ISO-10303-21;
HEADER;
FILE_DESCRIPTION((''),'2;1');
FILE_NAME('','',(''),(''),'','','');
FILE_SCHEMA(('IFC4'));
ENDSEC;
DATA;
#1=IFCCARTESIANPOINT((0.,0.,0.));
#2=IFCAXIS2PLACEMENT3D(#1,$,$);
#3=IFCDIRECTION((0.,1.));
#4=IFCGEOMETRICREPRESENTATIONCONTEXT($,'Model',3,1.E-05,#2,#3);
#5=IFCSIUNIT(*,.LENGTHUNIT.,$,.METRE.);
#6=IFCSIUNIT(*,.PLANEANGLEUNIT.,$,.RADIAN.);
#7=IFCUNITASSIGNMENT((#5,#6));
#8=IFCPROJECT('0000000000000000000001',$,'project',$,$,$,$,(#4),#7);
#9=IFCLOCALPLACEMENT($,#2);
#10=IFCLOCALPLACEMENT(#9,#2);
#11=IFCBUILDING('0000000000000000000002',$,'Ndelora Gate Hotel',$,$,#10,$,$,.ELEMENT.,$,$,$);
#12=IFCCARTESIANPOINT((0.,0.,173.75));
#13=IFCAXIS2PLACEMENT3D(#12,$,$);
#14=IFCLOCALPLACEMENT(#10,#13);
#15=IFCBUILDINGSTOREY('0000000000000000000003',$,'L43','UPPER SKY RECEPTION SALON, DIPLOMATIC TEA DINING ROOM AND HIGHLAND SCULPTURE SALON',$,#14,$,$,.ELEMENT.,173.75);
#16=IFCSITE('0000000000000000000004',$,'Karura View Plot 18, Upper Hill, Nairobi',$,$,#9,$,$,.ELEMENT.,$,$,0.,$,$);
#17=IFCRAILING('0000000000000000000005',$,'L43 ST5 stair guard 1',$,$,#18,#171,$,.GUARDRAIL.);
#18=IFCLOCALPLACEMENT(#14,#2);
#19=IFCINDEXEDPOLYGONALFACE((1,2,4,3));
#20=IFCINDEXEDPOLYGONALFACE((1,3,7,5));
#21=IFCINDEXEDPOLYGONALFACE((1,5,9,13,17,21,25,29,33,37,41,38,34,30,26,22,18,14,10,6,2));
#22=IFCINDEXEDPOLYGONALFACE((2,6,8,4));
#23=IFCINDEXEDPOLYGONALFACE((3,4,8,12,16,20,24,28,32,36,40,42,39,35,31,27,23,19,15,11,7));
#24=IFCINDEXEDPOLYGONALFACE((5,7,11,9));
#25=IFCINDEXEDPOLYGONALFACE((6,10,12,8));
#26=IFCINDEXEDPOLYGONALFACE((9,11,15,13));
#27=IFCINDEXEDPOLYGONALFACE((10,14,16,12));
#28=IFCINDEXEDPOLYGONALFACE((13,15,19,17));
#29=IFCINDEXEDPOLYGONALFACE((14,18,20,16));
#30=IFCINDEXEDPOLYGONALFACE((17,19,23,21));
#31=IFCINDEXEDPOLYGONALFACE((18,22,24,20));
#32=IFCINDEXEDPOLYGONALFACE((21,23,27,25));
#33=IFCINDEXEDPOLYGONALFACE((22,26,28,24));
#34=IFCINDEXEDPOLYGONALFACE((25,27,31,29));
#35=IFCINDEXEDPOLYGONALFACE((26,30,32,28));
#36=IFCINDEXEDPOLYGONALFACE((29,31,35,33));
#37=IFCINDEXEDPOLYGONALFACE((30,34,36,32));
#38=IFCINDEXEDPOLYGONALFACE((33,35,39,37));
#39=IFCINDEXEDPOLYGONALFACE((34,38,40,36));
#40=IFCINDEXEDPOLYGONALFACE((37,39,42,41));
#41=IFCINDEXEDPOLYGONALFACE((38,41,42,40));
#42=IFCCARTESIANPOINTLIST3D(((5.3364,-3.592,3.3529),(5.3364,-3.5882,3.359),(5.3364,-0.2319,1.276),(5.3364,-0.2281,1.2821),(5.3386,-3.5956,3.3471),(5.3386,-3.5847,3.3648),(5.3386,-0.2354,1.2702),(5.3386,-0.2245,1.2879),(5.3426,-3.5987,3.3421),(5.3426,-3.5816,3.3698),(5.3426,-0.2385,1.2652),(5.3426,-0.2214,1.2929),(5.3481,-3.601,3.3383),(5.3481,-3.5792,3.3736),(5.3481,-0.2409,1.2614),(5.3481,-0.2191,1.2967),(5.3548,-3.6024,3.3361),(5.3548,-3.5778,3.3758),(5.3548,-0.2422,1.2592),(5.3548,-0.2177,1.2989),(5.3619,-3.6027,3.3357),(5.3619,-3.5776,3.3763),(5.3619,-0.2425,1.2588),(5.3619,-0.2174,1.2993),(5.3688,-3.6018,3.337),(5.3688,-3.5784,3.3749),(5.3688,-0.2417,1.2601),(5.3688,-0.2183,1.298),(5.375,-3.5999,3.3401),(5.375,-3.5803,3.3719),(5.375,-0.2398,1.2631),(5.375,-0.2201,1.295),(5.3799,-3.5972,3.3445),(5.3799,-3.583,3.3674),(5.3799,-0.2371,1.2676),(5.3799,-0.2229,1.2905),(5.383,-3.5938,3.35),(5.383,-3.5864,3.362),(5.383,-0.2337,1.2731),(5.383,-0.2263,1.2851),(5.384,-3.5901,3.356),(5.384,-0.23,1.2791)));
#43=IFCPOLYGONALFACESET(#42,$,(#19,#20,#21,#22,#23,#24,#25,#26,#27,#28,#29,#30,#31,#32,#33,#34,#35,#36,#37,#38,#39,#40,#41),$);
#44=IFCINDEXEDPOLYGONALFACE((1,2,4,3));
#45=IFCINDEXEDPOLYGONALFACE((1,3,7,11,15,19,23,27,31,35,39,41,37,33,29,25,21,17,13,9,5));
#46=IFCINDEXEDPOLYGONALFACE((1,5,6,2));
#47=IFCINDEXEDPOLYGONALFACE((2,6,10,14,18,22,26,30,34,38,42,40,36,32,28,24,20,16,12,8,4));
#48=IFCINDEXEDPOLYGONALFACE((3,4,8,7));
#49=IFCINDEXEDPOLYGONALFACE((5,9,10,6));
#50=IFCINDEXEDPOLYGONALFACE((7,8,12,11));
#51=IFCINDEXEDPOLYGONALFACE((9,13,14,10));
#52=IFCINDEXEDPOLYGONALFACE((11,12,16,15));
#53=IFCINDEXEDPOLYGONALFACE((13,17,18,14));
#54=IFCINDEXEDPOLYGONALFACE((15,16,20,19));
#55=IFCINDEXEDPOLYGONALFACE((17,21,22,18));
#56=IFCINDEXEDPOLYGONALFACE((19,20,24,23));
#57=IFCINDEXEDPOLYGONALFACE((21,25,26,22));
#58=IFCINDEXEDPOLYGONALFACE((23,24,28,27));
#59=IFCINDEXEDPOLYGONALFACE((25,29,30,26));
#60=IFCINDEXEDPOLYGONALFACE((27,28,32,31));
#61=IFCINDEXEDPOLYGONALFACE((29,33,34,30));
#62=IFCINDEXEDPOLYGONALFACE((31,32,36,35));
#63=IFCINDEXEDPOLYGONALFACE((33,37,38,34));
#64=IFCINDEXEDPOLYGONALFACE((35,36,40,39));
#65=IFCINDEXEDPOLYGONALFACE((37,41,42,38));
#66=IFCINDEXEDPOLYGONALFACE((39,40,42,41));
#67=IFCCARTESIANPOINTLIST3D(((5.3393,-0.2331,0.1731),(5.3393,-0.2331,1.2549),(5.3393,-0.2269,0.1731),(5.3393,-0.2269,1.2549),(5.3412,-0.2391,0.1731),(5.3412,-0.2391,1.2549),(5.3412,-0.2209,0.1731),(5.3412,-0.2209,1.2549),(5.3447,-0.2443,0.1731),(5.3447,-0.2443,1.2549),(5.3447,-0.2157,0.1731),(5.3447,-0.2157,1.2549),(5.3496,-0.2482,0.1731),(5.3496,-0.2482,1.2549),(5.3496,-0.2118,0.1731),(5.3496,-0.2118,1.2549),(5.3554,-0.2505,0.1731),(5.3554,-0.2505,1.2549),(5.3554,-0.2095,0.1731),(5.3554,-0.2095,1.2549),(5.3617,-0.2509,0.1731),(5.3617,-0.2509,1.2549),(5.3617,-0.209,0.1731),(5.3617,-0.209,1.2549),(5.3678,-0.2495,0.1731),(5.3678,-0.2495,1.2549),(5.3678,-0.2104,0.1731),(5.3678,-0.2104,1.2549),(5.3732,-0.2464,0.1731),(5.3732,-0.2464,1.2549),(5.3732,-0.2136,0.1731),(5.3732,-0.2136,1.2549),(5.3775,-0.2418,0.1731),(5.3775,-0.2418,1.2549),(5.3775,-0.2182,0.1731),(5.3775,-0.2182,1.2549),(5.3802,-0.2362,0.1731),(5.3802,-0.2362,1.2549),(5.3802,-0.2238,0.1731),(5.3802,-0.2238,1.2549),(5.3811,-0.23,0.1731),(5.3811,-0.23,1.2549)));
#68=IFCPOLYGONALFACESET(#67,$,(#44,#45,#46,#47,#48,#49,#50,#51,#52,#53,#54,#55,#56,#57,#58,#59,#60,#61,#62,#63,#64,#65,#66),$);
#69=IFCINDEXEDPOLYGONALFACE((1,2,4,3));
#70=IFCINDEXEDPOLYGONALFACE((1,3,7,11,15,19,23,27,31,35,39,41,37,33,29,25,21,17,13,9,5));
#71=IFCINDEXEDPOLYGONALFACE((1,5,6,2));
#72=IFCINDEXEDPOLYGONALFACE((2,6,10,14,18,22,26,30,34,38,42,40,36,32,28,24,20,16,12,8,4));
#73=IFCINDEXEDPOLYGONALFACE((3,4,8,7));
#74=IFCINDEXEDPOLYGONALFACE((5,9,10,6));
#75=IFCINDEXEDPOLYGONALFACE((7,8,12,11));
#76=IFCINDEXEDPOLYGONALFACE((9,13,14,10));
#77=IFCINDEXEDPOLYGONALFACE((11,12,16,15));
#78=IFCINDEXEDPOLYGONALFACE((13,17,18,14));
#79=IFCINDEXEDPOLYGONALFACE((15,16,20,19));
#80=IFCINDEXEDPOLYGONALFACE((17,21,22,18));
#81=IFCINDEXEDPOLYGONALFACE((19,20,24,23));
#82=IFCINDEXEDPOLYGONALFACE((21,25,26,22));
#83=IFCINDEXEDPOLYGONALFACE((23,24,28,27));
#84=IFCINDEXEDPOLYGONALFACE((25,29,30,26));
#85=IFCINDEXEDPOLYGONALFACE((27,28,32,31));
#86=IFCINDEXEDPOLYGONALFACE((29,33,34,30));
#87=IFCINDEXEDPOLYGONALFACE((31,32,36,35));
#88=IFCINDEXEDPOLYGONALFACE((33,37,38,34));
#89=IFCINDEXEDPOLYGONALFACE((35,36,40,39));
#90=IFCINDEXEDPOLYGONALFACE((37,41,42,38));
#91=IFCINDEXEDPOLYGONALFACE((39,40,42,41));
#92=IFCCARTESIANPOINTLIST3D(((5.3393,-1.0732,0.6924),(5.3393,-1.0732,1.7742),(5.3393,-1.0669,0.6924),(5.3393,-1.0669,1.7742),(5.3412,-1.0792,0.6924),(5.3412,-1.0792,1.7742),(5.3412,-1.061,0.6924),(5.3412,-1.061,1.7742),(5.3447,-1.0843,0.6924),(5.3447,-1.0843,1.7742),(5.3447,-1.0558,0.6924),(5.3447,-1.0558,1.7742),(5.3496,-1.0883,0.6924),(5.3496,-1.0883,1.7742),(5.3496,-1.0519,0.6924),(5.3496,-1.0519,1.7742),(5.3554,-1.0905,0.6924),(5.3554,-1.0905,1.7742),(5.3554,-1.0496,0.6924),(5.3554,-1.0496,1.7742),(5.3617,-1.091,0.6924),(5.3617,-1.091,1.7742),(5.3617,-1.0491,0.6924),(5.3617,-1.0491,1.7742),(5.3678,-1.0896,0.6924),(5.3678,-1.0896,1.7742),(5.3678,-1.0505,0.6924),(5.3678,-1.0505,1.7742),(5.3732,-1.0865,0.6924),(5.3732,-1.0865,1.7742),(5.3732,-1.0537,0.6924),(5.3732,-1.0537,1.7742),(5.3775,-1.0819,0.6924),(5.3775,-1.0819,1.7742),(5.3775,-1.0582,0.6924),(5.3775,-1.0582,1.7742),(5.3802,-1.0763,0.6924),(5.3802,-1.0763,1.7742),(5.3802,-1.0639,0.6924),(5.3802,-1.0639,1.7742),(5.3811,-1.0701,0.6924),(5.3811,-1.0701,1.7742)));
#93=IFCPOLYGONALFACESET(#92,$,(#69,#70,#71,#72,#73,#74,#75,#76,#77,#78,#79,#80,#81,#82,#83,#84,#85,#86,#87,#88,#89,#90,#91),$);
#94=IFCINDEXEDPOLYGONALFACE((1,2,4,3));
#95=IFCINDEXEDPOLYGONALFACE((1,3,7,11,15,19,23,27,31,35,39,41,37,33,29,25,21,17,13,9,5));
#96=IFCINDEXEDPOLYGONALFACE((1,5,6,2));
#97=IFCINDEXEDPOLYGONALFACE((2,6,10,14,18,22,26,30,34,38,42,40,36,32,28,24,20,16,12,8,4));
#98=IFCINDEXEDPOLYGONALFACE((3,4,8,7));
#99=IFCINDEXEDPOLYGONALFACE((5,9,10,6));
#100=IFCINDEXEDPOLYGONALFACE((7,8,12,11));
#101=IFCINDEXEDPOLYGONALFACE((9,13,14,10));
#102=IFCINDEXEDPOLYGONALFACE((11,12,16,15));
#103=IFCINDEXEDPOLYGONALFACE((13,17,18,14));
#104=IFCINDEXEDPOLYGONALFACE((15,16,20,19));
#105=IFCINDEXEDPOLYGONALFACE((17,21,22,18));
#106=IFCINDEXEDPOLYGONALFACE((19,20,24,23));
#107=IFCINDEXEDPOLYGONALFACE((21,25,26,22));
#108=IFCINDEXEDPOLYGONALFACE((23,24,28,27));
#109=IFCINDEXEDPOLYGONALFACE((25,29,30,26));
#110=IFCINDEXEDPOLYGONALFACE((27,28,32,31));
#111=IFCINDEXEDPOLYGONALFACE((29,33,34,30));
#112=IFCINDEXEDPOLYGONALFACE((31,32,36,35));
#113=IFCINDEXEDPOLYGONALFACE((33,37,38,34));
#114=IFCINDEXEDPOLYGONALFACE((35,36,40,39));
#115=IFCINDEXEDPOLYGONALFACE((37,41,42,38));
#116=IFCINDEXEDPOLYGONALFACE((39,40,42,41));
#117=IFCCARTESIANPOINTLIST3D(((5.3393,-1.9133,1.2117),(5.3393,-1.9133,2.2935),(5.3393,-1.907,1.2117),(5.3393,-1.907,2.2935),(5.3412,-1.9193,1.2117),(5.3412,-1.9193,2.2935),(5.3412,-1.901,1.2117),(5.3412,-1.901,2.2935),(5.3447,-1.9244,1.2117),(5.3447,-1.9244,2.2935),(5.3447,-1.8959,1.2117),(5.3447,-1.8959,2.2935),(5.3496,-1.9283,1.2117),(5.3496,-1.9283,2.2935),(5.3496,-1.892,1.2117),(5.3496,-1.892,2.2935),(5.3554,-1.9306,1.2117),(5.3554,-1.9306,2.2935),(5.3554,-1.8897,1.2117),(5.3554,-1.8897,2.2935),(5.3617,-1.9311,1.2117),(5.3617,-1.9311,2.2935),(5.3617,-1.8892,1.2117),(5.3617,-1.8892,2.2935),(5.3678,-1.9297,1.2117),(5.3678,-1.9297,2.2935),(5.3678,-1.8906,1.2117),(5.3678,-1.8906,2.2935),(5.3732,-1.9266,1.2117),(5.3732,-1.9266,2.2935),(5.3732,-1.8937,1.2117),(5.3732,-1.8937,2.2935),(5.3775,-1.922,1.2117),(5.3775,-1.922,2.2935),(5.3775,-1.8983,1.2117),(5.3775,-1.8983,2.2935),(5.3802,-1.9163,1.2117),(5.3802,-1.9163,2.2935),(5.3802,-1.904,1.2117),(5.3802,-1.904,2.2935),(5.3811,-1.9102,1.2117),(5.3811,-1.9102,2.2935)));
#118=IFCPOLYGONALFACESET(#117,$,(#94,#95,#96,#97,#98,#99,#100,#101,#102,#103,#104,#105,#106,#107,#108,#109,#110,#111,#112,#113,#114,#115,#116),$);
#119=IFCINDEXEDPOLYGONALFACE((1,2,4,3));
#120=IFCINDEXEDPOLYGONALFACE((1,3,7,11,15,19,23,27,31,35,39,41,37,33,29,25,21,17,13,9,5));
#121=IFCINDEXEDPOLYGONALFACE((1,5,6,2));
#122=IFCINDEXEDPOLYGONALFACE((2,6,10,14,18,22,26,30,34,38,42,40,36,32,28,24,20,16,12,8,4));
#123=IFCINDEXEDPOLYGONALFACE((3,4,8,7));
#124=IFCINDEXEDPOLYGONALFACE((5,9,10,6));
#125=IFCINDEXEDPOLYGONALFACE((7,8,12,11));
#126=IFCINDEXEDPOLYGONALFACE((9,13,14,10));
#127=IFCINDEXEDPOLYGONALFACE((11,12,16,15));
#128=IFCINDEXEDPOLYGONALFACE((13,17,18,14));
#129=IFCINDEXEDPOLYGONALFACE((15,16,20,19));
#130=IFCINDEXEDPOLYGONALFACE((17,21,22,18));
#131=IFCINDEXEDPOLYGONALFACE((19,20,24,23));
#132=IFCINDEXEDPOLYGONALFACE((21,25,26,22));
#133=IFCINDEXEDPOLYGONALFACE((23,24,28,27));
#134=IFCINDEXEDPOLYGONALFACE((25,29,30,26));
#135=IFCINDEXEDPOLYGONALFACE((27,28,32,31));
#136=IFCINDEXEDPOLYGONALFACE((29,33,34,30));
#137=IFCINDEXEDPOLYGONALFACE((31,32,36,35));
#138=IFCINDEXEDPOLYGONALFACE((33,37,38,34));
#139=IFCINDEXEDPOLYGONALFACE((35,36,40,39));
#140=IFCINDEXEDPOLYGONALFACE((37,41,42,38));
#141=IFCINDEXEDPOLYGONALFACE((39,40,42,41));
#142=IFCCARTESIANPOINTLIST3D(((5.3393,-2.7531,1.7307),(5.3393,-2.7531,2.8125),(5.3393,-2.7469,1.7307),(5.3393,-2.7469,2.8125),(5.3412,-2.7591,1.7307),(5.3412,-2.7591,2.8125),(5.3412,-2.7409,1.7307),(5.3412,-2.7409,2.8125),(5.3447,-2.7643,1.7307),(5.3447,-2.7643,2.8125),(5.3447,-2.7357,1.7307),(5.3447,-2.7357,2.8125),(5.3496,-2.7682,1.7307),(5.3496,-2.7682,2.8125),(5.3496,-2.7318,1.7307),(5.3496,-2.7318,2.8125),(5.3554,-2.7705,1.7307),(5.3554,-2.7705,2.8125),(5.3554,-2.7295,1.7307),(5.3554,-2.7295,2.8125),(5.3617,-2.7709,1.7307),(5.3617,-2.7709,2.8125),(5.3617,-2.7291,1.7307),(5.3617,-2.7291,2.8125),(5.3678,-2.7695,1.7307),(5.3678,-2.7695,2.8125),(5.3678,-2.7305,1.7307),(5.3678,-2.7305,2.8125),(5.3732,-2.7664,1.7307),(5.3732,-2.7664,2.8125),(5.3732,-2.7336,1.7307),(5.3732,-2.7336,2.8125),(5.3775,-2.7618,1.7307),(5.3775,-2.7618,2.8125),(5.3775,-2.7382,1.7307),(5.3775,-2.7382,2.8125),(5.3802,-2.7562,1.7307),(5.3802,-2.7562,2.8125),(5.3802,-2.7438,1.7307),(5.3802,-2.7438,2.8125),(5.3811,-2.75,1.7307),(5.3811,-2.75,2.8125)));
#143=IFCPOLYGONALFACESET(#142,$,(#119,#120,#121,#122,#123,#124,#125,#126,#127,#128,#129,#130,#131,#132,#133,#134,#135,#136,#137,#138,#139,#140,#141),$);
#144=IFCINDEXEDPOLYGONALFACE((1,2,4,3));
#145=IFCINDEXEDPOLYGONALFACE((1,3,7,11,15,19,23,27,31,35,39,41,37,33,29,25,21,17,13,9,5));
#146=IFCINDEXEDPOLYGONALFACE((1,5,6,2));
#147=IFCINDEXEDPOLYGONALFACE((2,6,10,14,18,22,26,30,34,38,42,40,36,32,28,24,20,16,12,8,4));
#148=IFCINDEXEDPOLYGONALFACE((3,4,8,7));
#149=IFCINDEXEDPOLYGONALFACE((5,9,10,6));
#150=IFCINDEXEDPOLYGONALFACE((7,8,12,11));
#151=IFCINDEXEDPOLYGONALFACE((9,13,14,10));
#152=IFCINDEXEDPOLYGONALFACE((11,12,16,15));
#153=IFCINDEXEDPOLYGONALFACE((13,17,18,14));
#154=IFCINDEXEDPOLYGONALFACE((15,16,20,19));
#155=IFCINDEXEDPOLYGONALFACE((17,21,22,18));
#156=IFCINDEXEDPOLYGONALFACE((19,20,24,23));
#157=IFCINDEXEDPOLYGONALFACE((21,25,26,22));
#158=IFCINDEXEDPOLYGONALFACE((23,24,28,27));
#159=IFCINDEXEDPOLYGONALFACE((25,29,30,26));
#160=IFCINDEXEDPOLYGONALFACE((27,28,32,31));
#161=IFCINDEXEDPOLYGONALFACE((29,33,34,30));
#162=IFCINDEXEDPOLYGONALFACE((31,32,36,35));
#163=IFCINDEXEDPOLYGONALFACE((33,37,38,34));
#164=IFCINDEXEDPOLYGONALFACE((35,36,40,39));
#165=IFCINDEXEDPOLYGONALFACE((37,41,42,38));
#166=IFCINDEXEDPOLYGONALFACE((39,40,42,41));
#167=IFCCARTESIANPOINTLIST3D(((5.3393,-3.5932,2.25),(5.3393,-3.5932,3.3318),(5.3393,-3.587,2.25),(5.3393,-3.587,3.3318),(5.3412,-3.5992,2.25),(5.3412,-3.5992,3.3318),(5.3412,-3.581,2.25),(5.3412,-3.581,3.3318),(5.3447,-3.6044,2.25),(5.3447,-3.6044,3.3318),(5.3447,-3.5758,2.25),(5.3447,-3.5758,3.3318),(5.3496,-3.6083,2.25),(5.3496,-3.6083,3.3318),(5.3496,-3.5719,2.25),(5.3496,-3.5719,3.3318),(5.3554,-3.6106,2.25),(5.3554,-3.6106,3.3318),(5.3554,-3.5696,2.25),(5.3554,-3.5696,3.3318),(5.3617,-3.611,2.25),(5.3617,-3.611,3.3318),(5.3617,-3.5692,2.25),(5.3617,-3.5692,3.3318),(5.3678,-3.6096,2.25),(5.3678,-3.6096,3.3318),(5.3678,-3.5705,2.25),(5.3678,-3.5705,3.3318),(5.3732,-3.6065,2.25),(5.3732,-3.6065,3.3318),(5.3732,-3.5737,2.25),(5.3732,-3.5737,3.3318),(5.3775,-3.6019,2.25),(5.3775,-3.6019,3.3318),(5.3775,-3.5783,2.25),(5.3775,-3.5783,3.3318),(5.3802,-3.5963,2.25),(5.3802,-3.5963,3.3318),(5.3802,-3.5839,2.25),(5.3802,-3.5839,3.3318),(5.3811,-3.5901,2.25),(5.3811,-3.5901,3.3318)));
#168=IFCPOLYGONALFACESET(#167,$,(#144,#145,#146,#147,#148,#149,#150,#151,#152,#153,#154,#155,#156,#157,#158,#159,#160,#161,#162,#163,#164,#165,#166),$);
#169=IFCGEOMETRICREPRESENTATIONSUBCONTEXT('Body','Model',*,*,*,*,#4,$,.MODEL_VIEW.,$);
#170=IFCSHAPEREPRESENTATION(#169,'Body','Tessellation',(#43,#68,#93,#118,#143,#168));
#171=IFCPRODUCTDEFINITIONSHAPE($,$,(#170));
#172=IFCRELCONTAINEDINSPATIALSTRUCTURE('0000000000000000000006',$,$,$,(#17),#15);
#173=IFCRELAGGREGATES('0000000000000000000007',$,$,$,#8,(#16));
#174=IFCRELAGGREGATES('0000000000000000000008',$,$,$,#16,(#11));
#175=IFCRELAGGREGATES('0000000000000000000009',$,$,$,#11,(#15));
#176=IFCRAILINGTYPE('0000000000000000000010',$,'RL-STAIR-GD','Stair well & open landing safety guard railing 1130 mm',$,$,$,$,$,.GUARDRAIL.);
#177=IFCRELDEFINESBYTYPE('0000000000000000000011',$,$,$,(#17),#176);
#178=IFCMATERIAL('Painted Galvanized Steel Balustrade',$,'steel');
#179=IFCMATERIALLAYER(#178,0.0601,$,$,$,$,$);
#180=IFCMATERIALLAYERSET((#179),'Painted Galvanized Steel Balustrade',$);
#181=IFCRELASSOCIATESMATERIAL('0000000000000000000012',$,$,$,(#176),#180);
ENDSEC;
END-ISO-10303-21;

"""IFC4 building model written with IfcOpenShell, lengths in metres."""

from ifc_helpers import new_model, si_unit, direction, frame, origin, origin_2d, place, context, subcontext, project, spatial, circle, extrude, material, layer, layer_set, type_object, element, save


model = new_model("IFC4")

# Units and contexts
model_context = context("Model", 3, precision=1e-05, world=origin(), true_north=direction((0.0, 1.0)))
body_context = subcontext(model_context, "Body", "Model", "MODEL_VIEW")
ifc_project = project(units=[si_unit("LENGTHUNIT", "METRE"), si_unit("PLANEANGLEUNIT", "RADIAN")], contexts=[model_context])

# Site, building, storey
site_placement = place(None, origin())
site = spatial("IfcSite", under=ifc_project, at=site_placement, Name="Karura View Plot 18, Upper Hill, Nairobi", CompositionType="ELEMENT", RefElevation=0.0)
building_placement = place(site_placement, origin())
building = spatial("IfcBuilding", under=site, at=building_placement, Name="Ndelora Gate Hotel", CompositionType="ELEMENT")
storey_placement = place(building_placement, frame((0.0, 0.0, 173.75)))
storey = spatial("IfcBuildingStorey", under=building, at=storey_placement, Name="L43", Description="UPPER SKY RECEPTION SALON, DIPLOMATIC TEA DINING ROOM AND HIGHLAND SCULPTURE SALON", CompositionType="ELEMENT", Elevation=173.75)

# Railing
ifc_material_1 = material(Name="Painted Galvanized Steel Balustrade", Category="steel")
ifc_layer_1 = layer(ifc_material_1, 0.0601)
ifc_layer_set_1 = layer_set([ifc_layer_1], Name="Painted Galvanized Steel Balustrade")
railing_type_1 = type_object("IfcRailingType", Name="RL-STAIR-GD", Description="Stair well & open landing safety guard railing 1130 mm", PredefinedType="GUARDRAIL", material=ifc_layer_set_1)
railing_1_placement = place(storey_placement, frame((5.3601, -0.23, 0.1731)))
element("IfcRailing", 1, at=railing_1_placement, inside=storey, type_object=railing_type_1, Name="L43 ST5 stair guard 1", PredefinedType="GUARDRAIL", context=body_context, shape_type="SweptSolid", body=[
    extrude(circle(Radius=0.0239, at=origin_2d()), frame((0.0, 0.0, 1.106), z_axis=(0.0, -0.850623, 0.525776), x_axis=(1.0, 0.0, 0.0)), (0.0, 0.0, 1.0), 3.9502),
    extrude(circle(Radius=0.021, at=origin_2d()), origin(), (0.0, 0.0, 1.0), 1.0818),
    extrude(circle(Radius=0.021, at=origin_2d()), frame((0.0, -0.8401, 0.5193)), (0.0, 0.0, 1.0), 1.0818),
    extrude(circle(Radius=0.021, at=origin_2d()), frame((0.0, -1.6802, 1.0386)), (0.0, 0.0, 1.0), 1.0818),
    extrude(circle(Radius=0.021, at=origin_2d()), frame((0.0, -2.52, 1.5576)), (0.0, 0.0, 1.0), 1.0818),
    extrude(circle(Radius=0.021, at=origin_2d()), frame((0.0, -3.3601, 2.0769)), (0.0, 0.0, 1.0), 1.0818),
])

save(model, "model.ifc")
